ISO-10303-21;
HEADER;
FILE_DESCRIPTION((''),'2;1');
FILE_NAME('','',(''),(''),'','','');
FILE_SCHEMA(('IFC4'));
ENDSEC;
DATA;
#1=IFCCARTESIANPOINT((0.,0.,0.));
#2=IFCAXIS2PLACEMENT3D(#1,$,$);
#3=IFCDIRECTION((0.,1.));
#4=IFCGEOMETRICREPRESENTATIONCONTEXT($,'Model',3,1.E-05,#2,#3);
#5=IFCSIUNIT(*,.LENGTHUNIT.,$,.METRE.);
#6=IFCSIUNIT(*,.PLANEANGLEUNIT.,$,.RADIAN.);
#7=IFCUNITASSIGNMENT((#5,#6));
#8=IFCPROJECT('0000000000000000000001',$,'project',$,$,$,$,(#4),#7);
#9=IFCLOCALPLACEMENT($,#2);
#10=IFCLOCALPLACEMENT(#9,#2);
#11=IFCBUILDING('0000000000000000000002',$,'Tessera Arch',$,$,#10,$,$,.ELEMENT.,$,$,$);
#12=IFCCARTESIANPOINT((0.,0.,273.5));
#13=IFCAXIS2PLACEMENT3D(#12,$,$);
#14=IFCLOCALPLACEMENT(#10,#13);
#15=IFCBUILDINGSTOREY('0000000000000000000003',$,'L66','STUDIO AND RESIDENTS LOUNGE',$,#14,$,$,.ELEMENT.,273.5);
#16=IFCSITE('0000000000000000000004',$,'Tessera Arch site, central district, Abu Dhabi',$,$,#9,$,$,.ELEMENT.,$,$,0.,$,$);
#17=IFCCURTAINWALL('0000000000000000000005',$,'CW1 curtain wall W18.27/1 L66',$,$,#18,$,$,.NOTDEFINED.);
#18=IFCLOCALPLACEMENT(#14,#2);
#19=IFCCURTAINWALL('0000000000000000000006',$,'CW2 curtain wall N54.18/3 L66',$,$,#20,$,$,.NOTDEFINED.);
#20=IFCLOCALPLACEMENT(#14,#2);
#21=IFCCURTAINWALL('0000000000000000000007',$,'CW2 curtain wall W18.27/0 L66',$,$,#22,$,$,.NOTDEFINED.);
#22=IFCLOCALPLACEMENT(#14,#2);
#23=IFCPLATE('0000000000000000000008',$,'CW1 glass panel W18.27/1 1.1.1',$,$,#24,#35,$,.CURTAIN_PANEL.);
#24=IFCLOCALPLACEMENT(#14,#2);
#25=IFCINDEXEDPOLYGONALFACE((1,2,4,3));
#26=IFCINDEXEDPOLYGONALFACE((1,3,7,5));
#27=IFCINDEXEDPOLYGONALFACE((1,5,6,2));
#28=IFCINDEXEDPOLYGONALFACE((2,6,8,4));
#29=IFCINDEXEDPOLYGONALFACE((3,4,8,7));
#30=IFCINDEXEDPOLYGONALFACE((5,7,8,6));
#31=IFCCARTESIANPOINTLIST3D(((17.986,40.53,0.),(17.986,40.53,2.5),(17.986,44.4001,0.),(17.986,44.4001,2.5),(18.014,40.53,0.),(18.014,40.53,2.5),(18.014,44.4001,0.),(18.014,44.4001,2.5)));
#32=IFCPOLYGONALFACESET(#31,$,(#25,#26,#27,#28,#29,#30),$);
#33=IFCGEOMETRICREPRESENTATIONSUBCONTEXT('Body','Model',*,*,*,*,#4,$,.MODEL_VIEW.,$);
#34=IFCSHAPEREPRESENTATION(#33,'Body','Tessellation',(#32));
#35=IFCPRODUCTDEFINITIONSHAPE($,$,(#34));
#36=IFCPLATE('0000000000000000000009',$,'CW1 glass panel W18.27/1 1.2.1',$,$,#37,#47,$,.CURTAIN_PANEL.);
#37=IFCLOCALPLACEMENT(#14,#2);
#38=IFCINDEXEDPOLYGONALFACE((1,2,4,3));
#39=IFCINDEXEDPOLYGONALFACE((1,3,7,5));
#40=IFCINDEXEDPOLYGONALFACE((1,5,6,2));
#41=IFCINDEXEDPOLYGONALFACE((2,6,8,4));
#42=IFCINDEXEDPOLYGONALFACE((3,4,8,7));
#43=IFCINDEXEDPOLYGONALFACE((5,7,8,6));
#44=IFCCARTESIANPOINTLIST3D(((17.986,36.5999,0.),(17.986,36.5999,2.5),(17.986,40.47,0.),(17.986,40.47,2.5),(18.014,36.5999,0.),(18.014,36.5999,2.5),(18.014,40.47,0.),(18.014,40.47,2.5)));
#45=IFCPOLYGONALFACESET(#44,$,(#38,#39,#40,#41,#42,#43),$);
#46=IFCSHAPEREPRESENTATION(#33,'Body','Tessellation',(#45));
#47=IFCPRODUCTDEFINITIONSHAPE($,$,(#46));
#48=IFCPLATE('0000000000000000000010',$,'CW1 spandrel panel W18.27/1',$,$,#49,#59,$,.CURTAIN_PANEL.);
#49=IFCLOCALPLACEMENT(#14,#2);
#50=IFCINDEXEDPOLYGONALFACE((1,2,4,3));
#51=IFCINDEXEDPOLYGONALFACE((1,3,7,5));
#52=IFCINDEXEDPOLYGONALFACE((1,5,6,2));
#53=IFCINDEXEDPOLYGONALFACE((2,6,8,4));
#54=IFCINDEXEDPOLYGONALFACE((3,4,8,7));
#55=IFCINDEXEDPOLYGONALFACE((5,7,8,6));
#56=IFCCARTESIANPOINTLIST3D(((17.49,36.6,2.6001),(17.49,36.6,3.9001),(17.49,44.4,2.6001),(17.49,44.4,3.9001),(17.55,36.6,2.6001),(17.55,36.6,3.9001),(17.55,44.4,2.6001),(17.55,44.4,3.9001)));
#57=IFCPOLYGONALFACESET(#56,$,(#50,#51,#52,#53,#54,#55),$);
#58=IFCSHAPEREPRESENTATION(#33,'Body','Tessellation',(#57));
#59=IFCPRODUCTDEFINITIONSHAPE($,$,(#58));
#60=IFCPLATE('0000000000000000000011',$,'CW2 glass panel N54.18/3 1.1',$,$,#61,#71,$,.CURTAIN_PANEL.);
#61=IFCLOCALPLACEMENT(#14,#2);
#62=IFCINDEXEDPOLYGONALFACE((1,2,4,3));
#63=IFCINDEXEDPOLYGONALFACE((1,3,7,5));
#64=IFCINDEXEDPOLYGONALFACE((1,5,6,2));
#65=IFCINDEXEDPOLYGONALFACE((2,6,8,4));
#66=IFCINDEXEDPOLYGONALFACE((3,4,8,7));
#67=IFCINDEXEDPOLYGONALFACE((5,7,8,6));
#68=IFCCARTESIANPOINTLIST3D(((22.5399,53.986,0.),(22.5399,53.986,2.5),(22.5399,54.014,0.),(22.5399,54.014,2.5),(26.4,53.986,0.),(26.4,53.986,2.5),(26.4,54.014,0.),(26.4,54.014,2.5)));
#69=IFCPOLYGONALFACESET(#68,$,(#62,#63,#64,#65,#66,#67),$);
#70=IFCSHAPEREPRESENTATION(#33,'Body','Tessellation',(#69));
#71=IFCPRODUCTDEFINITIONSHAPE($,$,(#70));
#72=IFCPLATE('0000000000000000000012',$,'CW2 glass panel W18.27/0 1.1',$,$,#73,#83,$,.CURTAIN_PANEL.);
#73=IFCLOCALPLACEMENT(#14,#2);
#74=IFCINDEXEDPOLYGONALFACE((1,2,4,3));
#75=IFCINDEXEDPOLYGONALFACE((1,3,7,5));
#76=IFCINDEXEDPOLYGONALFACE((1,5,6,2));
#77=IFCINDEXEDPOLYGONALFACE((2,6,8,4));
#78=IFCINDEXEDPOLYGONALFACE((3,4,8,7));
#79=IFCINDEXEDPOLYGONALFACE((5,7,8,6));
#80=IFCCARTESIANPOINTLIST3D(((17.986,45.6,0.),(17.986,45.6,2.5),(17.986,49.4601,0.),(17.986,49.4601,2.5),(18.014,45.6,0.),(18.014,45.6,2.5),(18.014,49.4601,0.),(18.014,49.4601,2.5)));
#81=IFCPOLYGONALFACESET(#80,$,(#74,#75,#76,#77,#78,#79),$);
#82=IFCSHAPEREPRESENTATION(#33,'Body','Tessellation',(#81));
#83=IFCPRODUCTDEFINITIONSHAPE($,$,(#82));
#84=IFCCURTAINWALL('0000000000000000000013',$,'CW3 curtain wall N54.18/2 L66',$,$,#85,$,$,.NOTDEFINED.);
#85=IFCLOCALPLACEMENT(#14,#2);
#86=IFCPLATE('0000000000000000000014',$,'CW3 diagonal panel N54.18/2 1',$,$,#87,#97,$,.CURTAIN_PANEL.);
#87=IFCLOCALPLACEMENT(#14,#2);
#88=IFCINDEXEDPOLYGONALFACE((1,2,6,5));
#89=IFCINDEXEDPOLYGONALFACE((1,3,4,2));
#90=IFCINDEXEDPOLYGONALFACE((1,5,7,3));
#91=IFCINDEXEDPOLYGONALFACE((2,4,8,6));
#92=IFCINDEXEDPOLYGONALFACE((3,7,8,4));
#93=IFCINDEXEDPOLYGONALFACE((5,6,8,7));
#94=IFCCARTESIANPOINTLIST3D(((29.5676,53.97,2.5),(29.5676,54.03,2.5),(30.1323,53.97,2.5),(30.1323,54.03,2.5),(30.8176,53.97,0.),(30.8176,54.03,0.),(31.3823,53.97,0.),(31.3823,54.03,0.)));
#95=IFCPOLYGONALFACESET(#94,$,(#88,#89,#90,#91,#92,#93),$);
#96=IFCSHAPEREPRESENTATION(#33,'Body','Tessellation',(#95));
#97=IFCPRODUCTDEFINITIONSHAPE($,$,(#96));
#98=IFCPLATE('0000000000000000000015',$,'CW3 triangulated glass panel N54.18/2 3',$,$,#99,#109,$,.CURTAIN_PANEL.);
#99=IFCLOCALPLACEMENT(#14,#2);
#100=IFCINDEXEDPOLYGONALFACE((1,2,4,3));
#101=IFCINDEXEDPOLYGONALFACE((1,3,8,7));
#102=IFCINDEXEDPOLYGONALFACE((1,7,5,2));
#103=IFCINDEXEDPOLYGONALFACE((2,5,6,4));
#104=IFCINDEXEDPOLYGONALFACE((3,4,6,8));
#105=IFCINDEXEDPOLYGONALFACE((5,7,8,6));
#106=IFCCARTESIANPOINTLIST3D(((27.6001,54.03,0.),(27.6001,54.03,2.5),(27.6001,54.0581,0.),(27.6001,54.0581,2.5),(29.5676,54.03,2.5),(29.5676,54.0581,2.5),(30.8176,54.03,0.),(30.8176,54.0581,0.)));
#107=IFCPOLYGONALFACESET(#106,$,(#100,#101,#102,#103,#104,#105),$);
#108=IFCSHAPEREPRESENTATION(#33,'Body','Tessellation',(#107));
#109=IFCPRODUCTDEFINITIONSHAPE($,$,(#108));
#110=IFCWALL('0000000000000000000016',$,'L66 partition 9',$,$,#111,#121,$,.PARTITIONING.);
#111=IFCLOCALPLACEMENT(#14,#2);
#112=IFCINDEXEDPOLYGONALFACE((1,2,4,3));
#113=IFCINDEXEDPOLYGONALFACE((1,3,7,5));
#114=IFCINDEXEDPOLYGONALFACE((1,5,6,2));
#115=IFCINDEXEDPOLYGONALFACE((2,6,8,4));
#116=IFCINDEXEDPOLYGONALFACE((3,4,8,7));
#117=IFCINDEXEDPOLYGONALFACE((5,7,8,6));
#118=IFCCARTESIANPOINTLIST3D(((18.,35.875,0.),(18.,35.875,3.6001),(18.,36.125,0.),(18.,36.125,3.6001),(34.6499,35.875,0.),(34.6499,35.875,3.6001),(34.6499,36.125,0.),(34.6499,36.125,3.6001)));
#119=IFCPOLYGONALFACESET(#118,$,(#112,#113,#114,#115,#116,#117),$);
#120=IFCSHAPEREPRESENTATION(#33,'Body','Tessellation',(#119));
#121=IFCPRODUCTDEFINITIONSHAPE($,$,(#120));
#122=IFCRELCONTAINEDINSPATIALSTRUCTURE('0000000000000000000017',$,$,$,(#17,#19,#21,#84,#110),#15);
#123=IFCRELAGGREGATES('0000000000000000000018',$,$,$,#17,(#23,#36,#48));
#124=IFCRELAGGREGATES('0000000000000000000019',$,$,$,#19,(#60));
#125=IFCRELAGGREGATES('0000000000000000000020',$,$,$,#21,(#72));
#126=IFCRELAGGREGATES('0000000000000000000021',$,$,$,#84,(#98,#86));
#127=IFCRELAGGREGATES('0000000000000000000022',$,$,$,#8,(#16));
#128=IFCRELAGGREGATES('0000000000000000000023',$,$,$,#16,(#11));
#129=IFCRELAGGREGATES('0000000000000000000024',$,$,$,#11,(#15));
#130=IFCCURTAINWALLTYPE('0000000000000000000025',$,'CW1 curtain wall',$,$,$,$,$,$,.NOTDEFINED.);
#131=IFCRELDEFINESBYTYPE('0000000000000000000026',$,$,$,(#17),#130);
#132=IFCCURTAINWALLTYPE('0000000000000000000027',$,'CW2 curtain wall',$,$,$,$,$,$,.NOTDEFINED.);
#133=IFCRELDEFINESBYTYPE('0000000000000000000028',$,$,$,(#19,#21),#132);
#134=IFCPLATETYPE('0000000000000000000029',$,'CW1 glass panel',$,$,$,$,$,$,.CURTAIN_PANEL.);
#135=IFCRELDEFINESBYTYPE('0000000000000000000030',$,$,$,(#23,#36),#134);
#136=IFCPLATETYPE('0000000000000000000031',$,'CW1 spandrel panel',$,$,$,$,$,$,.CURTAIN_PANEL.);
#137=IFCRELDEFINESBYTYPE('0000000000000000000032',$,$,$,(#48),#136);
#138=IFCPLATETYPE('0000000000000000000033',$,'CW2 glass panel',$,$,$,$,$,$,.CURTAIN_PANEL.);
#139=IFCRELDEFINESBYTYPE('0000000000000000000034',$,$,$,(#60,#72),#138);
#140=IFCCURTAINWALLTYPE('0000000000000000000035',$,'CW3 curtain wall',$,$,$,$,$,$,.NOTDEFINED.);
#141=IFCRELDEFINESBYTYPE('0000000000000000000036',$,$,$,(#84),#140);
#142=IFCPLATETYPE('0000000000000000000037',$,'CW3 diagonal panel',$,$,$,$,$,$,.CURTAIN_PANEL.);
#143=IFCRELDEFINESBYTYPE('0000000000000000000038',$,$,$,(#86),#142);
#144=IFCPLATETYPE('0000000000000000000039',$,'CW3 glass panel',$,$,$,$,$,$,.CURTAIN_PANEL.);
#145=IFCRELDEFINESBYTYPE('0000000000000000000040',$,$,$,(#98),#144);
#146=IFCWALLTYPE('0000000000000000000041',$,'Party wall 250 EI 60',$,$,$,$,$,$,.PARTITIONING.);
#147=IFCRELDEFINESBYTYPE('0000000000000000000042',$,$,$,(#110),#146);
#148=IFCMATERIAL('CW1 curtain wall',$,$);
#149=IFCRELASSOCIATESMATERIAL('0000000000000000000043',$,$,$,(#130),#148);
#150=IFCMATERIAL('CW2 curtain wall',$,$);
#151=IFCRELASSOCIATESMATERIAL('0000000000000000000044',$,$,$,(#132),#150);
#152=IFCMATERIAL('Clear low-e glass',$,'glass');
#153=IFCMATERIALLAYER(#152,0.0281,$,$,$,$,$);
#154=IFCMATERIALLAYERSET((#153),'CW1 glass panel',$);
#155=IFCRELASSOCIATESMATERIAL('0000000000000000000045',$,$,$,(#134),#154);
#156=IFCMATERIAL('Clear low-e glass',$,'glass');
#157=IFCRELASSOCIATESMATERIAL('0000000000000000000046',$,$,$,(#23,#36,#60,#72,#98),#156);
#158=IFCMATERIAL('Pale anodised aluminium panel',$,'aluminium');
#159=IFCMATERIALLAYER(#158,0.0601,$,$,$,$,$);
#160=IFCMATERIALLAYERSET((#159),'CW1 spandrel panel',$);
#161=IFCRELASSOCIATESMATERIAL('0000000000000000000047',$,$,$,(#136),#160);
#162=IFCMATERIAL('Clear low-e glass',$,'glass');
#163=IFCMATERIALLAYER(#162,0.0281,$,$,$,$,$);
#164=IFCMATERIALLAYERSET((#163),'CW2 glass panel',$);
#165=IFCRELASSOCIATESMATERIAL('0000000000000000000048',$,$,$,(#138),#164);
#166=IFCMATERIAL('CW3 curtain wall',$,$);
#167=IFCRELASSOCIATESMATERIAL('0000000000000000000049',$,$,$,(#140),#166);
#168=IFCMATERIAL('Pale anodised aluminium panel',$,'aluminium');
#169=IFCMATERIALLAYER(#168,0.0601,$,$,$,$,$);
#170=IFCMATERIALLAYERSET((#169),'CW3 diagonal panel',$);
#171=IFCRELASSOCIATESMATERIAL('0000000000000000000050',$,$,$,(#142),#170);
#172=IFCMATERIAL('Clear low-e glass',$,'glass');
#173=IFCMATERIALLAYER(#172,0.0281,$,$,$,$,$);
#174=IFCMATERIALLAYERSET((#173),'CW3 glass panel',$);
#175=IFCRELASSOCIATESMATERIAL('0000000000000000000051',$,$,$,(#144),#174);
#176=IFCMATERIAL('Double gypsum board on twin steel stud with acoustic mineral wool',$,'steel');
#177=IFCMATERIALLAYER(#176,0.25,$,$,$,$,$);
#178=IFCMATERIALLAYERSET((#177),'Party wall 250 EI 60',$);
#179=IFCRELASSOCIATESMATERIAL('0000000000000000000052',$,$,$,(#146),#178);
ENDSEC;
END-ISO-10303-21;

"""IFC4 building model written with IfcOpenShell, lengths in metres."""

from ifc_helpers import new_model, si_unit, direction, frame, frame_2d, origin, origin_2d, place, context, subcontext, project, spatial, polyline, rectangle, outline, extrude, material, layer, layer_set, type_object, element, aggregate, save


model = new_model("IFC4")

# Units and contexts
model_context = context("Model", 3, precision=1e-05, world=origin(), true_north=direction((0.0, 1.0)))
body_context = subcontext(model_context, "Body", "Model", "MODEL_VIEW")
ifc_project = project(units=[si_unit("LENGTHUNIT", "METRE"), si_unit("PLANEANGLEUNIT", "RADIAN")], contexts=[model_context])

# Site, building, storey
site_placement = place(None, origin())
site = spatial("IfcSite", under=ifc_project, at=site_placement, Name="Tessera Arch site, central district, Abu Dhabi", CompositionType="ELEMENT", RefElevation=0.0)
building_placement = place(site_placement, origin())
building = spatial("IfcBuilding", under=site, at=building_placement, Name="Tessera Arch", CompositionType="ELEMENT")
storey_placement = place(building_placement, frame((0.0, 0.0, 273.5)))
storey = spatial("IfcBuildingStorey", under=building, at=storey_placement, Name="L66", Description="STUDIO AND RESIDENTS LOUNGE", CompositionType="ELEMENT", Elevation=273.5)

# Curtain wall
ifc_material_1 = material(Name="CW1 curtain wall")
curtain_wall_type_1 = type_object("IfcCurtainWallType", Name="CW1 curtain wall", PredefinedType="NOTDEFINED", material=ifc_material_1)
curtain_wall_1_placement = place(storey_placement, origin())
curtain_wall_1 = element("IfcCurtainWall", 1, at=curtain_wall_1_placement, inside=storey, type_object=curtain_wall_type_1, Name="CW1 curtain wall W18.27/1 L66", PredefinedType="NOTDEFINED")

# Curtain walls
ifc_material_2 = material(Name="CW2 curtain wall")
curtain_wall_type_2 = type_object("IfcCurtainWallType", Name="CW2 curtain wall", PredefinedType="NOTDEFINED", material=ifc_material_2)
curtain_wall_2_placement = place(storey_placement, origin())
curtain_wall_2 = element("IfcCurtainWall", 2, at=curtain_wall_2_placement, inside=storey, type_object=curtain_wall_type_2, Name="CW2 curtain wall N54.18/3 L66", PredefinedType="NOTDEFINED")
curtain_wall_3_placement = place(storey_placement, origin())
curtain_wall_3 = element("IfcCurtainWall", 3, at=curtain_wall_3_placement, inside=storey, type_object=curtain_wall_type_2, Name="CW2 curtain wall W18.27/0 L66", PredefinedType="NOTDEFINED")

# Plates
ifc_material_3 = material(Name="Clear low-e glass", Category="glass")
ifc_material_4 = material(Name="Clear low-e glass", Category="glass")
ifc_layer_1 = layer(ifc_material_4, 0.0281)
ifc_layer_set_1 = layer_set([ifc_layer_1], Name="CW1 glass panel")
plate_type_1 = type_object("IfcPlateType", Name="CW1 glass panel", PredefinedType="CURTAIN_PANEL", material=ifc_layer_set_1)
plate_1_placement = place(storey_placement, frame((18.0, 42.4651, 0.0), z_axis=(0.0, 0.0, 1.0), x_axis=(0.0, -1.0, 0.0)))
plate_1 = element("IfcPlate", 4, at=plate_1_placement, type_object=plate_type_1, material=ifc_material_3, Name="CW1 glass panel W18.27/1 1.1.1", PredefinedType="CURTAIN_PANEL", context=body_context, shape_type="SweptSolid", body=[
    extrude(rectangle(XDim=3.8701, YDim=0.0281, at=origin_2d()), origin(), (0.0, 0.0, 1.0), 2.5),
])
plate_2_placement = place(storey_placement, frame((18.0, 38.5349, 0.0), z_axis=(0.0, 0.0, 1.0), x_axis=(0.0, -1.0, 0.0)))
plate_2 = element("IfcPlate", 5, at=plate_2_placement, type_object=plate_type_1, material=ifc_material_3, Name="CW1 glass panel W18.27/1 1.2.1", PredefinedType="CURTAIN_PANEL", context=body_context, shape_type="SweptSolid", body=[
    extrude(rectangle(XDim=3.8701, YDim=0.0281, at=origin_2d()), origin(), (0.0, 0.0, 1.0), 2.5),
])
ifc_material_5 = material(Name="Pale anodised aluminium panel", Category="aluminium")
ifc_layer_2 = layer(ifc_material_5, 0.0601)
ifc_layer_set_2 = layer_set([ifc_layer_2], Name="CW1 spandrel panel")
plate_type_2 = type_object("IfcPlateType", Name="CW1 spandrel panel", PredefinedType="CURTAIN_PANEL", material=ifc_layer_set_2)
plate_3_placement = place(storey_placement, frame((17.52, 40.5, 2.6001), z_axis=(0.0, 0.0, 1.0), x_axis=(0.0, -1.0, 0.0)))
plate_3 = element("IfcPlate", 6, at=plate_3_placement, type_object=plate_type_2, Name="CW1 spandrel panel W18.27/1", PredefinedType="CURTAIN_PANEL", context=body_context, shape_type="SweptSolid", body=[
    extrude(rectangle(XDim=7.8, YDim=0.0601, at=origin_2d()), origin(), (0.0, 0.0, 1.0), 1.3),
])
aggregate(curtain_wall_1, [plate_1, plate_2, plate_3])
ifc_material_6 = material(Name="Clear low-e glass", Category="glass")
ifc_layer_3 = layer(ifc_material_6, 0.0281)
ifc_layer_set_3 = layer_set([ifc_layer_3], Name="CW2 glass panel")
plate_type_3 = type_object("IfcPlateType", Name="CW2 glass panel", PredefinedType="CURTAIN_PANEL", material=ifc_layer_set_3)
plate_4_placement = place(storey_placement, frame((24.47, 54.0, 0.0), z_axis=(0.0, 0.0, 1.0), x_axis=(-1.0, 0.0, 0.0)))
plate_4 = element("IfcPlate", 7, at=plate_4_placement, type_object=plate_type_3, material=ifc_material_3, Name="CW2 glass panel N54.18/3 1.1", PredefinedType="CURTAIN_PANEL", context=body_context, shape_type="SweptSolid", body=[
    extrude(rectangle(XDim=3.8601, YDim=0.0281, at=origin_2d()), origin(), (0.0, 0.0, 1.0), 2.5),
])
aggregate(curtain_wall_2, [plate_4])
plate_5_placement = place(storey_placement, frame((18.0, 47.53, 0.0), z_axis=(0.0, 0.0, 1.0), x_axis=(0.0, -1.0, 0.0)))
plate_5 = element("IfcPlate", 8, at=plate_5_placement, type_object=plate_type_3, material=ifc_material_3, Name="CW2 glass panel W18.27/0 1.1", PredefinedType="CURTAIN_PANEL", context=body_context, shape_type="SweptSolid", body=[
    extrude(rectangle(XDim=3.8601, YDim=0.0281, at=origin_2d()), origin(), (0.0, 0.0, 1.0), 2.5),
])
aggregate(curtain_wall_3, [plate_5])

# Curtain wall, plates
ifc_material_7 = material(Name="CW3 curtain wall")
curtain_wall_type_3 = type_object("IfcCurtainWallType", Name="CW3 curtain wall", PredefinedType="NOTDEFINED", material=ifc_material_7)
curtain_wall_4_placement = place(storey_placement, origin())
curtain_wall_4 = element("IfcCurtainWall", 9, at=curtain_wall_4_placement, inside=storey, type_object=curtain_wall_type_3, Name="CW3 curtain wall N54.18/2 L66", PredefinedType="NOTDEFINED")
ifc_material_8 = material(Name="Pale anodised aluminium panel", Category="aluminium")
ifc_layer_4 = layer(ifc_material_8, 0.0601)
ifc_layer_set_4 = layer_set([ifc_layer_4], Name="CW3 diagonal panel")
plate_type_4 = type_object("IfcPlateType", Name="CW3 diagonal panel", PredefinedType="CURTAIN_PANEL", material=ifc_layer_set_4)
plate_6_placement = place(storey_placement, frame((29.5676, 54.03, 2.5), z_axis=(0.0, 1.0, 0.0), x_axis=(1.0, 0.0, 0.0)))
plate_6 = element("IfcPlate", 10, at=plate_6_placement, type_object=plate_type_4, Name="CW3 diagonal panel N54.18/2 1", PredefinedType="CURTAIN_PANEL", context=body_context, shape_type="SweptSolid", body=[
    extrude(outline(polyline([(0.0, 0.0), (0.5647, 0.0), (1.8147, 2.5), (1.25, 2.5), (0.0, 0.0)])), origin(), (0.0, 0.0, -1.0), 0.0601),
])
ifc_material_9 = material(Name="Clear low-e glass", Category="glass")
ifc_layer_5 = layer(ifc_material_9, 0.0281)
ifc_layer_set_5 = layer_set([ifc_layer_5], Name="CW3 glass panel")
plate_type_5 = type_object("IfcPlateType", Name="CW3 glass panel", PredefinedType="CURTAIN_PANEL", material=ifc_layer_set_5)
plate_7_placement = place(storey_placement, frame((27.6001, 54.0581, 2.5), z_axis=(0.0, 1.0, 0.0), x_axis=(1.0, 0.0, 0.0)))
plate_7 = element("IfcPlate", 11, at=plate_7_placement, type_object=plate_type_5, material=ifc_material_3, Name="CW3 triangulated glass panel N54.18/2 3", PredefinedType="CURTAIN_PANEL", context=body_context, shape_type="SweptSolid", body=[
    extrude(outline(polyline([(0.0, 0.0), (1.9675, 0.0), (3.2175, 2.5), (0.0, 2.5), (0.0, 0.0)])), origin(), (0.0, 0.0, -1.0), 0.0281),
])
aggregate(curtain_wall_4, [plate_7, plate_6])

# Wall
ifc_material_10 = material(Name="Double gypsum board on twin steel stud with acoustic mineral wool", Category="steel")
ifc_layer_6 = layer(ifc_material_10, 0.25)
ifc_layer_set_6 = layer_set([ifc_layer_6], Name="Party wall 250 EI 60")
wall_type = type_object("IfcWallType", Name="Party wall 250 EI 60", PredefinedType="PARTITIONING", material=ifc_layer_set_6)
wall_placement = place(storey_placement, frame((18.0, 36.0, 0.0), z_axis=(0.0, 0.0, 1.0), x_axis=(1.0, 0.0, 0.0)))
element("IfcWall", 12, at=wall_placement, inside=storey, type_object=wall_type, Name="L66 partition 9", PredefinedType="PARTITIONING", context=body_context, shape_type="SweptSolid", body=[
    extrude(rectangle(XDim=16.6499, YDim=0.25, at=frame_2d((8.325, 0.0))), origin(), (0.0, 0.0, 1.0), 3.6001),
])

save(model, "model.ifc")
